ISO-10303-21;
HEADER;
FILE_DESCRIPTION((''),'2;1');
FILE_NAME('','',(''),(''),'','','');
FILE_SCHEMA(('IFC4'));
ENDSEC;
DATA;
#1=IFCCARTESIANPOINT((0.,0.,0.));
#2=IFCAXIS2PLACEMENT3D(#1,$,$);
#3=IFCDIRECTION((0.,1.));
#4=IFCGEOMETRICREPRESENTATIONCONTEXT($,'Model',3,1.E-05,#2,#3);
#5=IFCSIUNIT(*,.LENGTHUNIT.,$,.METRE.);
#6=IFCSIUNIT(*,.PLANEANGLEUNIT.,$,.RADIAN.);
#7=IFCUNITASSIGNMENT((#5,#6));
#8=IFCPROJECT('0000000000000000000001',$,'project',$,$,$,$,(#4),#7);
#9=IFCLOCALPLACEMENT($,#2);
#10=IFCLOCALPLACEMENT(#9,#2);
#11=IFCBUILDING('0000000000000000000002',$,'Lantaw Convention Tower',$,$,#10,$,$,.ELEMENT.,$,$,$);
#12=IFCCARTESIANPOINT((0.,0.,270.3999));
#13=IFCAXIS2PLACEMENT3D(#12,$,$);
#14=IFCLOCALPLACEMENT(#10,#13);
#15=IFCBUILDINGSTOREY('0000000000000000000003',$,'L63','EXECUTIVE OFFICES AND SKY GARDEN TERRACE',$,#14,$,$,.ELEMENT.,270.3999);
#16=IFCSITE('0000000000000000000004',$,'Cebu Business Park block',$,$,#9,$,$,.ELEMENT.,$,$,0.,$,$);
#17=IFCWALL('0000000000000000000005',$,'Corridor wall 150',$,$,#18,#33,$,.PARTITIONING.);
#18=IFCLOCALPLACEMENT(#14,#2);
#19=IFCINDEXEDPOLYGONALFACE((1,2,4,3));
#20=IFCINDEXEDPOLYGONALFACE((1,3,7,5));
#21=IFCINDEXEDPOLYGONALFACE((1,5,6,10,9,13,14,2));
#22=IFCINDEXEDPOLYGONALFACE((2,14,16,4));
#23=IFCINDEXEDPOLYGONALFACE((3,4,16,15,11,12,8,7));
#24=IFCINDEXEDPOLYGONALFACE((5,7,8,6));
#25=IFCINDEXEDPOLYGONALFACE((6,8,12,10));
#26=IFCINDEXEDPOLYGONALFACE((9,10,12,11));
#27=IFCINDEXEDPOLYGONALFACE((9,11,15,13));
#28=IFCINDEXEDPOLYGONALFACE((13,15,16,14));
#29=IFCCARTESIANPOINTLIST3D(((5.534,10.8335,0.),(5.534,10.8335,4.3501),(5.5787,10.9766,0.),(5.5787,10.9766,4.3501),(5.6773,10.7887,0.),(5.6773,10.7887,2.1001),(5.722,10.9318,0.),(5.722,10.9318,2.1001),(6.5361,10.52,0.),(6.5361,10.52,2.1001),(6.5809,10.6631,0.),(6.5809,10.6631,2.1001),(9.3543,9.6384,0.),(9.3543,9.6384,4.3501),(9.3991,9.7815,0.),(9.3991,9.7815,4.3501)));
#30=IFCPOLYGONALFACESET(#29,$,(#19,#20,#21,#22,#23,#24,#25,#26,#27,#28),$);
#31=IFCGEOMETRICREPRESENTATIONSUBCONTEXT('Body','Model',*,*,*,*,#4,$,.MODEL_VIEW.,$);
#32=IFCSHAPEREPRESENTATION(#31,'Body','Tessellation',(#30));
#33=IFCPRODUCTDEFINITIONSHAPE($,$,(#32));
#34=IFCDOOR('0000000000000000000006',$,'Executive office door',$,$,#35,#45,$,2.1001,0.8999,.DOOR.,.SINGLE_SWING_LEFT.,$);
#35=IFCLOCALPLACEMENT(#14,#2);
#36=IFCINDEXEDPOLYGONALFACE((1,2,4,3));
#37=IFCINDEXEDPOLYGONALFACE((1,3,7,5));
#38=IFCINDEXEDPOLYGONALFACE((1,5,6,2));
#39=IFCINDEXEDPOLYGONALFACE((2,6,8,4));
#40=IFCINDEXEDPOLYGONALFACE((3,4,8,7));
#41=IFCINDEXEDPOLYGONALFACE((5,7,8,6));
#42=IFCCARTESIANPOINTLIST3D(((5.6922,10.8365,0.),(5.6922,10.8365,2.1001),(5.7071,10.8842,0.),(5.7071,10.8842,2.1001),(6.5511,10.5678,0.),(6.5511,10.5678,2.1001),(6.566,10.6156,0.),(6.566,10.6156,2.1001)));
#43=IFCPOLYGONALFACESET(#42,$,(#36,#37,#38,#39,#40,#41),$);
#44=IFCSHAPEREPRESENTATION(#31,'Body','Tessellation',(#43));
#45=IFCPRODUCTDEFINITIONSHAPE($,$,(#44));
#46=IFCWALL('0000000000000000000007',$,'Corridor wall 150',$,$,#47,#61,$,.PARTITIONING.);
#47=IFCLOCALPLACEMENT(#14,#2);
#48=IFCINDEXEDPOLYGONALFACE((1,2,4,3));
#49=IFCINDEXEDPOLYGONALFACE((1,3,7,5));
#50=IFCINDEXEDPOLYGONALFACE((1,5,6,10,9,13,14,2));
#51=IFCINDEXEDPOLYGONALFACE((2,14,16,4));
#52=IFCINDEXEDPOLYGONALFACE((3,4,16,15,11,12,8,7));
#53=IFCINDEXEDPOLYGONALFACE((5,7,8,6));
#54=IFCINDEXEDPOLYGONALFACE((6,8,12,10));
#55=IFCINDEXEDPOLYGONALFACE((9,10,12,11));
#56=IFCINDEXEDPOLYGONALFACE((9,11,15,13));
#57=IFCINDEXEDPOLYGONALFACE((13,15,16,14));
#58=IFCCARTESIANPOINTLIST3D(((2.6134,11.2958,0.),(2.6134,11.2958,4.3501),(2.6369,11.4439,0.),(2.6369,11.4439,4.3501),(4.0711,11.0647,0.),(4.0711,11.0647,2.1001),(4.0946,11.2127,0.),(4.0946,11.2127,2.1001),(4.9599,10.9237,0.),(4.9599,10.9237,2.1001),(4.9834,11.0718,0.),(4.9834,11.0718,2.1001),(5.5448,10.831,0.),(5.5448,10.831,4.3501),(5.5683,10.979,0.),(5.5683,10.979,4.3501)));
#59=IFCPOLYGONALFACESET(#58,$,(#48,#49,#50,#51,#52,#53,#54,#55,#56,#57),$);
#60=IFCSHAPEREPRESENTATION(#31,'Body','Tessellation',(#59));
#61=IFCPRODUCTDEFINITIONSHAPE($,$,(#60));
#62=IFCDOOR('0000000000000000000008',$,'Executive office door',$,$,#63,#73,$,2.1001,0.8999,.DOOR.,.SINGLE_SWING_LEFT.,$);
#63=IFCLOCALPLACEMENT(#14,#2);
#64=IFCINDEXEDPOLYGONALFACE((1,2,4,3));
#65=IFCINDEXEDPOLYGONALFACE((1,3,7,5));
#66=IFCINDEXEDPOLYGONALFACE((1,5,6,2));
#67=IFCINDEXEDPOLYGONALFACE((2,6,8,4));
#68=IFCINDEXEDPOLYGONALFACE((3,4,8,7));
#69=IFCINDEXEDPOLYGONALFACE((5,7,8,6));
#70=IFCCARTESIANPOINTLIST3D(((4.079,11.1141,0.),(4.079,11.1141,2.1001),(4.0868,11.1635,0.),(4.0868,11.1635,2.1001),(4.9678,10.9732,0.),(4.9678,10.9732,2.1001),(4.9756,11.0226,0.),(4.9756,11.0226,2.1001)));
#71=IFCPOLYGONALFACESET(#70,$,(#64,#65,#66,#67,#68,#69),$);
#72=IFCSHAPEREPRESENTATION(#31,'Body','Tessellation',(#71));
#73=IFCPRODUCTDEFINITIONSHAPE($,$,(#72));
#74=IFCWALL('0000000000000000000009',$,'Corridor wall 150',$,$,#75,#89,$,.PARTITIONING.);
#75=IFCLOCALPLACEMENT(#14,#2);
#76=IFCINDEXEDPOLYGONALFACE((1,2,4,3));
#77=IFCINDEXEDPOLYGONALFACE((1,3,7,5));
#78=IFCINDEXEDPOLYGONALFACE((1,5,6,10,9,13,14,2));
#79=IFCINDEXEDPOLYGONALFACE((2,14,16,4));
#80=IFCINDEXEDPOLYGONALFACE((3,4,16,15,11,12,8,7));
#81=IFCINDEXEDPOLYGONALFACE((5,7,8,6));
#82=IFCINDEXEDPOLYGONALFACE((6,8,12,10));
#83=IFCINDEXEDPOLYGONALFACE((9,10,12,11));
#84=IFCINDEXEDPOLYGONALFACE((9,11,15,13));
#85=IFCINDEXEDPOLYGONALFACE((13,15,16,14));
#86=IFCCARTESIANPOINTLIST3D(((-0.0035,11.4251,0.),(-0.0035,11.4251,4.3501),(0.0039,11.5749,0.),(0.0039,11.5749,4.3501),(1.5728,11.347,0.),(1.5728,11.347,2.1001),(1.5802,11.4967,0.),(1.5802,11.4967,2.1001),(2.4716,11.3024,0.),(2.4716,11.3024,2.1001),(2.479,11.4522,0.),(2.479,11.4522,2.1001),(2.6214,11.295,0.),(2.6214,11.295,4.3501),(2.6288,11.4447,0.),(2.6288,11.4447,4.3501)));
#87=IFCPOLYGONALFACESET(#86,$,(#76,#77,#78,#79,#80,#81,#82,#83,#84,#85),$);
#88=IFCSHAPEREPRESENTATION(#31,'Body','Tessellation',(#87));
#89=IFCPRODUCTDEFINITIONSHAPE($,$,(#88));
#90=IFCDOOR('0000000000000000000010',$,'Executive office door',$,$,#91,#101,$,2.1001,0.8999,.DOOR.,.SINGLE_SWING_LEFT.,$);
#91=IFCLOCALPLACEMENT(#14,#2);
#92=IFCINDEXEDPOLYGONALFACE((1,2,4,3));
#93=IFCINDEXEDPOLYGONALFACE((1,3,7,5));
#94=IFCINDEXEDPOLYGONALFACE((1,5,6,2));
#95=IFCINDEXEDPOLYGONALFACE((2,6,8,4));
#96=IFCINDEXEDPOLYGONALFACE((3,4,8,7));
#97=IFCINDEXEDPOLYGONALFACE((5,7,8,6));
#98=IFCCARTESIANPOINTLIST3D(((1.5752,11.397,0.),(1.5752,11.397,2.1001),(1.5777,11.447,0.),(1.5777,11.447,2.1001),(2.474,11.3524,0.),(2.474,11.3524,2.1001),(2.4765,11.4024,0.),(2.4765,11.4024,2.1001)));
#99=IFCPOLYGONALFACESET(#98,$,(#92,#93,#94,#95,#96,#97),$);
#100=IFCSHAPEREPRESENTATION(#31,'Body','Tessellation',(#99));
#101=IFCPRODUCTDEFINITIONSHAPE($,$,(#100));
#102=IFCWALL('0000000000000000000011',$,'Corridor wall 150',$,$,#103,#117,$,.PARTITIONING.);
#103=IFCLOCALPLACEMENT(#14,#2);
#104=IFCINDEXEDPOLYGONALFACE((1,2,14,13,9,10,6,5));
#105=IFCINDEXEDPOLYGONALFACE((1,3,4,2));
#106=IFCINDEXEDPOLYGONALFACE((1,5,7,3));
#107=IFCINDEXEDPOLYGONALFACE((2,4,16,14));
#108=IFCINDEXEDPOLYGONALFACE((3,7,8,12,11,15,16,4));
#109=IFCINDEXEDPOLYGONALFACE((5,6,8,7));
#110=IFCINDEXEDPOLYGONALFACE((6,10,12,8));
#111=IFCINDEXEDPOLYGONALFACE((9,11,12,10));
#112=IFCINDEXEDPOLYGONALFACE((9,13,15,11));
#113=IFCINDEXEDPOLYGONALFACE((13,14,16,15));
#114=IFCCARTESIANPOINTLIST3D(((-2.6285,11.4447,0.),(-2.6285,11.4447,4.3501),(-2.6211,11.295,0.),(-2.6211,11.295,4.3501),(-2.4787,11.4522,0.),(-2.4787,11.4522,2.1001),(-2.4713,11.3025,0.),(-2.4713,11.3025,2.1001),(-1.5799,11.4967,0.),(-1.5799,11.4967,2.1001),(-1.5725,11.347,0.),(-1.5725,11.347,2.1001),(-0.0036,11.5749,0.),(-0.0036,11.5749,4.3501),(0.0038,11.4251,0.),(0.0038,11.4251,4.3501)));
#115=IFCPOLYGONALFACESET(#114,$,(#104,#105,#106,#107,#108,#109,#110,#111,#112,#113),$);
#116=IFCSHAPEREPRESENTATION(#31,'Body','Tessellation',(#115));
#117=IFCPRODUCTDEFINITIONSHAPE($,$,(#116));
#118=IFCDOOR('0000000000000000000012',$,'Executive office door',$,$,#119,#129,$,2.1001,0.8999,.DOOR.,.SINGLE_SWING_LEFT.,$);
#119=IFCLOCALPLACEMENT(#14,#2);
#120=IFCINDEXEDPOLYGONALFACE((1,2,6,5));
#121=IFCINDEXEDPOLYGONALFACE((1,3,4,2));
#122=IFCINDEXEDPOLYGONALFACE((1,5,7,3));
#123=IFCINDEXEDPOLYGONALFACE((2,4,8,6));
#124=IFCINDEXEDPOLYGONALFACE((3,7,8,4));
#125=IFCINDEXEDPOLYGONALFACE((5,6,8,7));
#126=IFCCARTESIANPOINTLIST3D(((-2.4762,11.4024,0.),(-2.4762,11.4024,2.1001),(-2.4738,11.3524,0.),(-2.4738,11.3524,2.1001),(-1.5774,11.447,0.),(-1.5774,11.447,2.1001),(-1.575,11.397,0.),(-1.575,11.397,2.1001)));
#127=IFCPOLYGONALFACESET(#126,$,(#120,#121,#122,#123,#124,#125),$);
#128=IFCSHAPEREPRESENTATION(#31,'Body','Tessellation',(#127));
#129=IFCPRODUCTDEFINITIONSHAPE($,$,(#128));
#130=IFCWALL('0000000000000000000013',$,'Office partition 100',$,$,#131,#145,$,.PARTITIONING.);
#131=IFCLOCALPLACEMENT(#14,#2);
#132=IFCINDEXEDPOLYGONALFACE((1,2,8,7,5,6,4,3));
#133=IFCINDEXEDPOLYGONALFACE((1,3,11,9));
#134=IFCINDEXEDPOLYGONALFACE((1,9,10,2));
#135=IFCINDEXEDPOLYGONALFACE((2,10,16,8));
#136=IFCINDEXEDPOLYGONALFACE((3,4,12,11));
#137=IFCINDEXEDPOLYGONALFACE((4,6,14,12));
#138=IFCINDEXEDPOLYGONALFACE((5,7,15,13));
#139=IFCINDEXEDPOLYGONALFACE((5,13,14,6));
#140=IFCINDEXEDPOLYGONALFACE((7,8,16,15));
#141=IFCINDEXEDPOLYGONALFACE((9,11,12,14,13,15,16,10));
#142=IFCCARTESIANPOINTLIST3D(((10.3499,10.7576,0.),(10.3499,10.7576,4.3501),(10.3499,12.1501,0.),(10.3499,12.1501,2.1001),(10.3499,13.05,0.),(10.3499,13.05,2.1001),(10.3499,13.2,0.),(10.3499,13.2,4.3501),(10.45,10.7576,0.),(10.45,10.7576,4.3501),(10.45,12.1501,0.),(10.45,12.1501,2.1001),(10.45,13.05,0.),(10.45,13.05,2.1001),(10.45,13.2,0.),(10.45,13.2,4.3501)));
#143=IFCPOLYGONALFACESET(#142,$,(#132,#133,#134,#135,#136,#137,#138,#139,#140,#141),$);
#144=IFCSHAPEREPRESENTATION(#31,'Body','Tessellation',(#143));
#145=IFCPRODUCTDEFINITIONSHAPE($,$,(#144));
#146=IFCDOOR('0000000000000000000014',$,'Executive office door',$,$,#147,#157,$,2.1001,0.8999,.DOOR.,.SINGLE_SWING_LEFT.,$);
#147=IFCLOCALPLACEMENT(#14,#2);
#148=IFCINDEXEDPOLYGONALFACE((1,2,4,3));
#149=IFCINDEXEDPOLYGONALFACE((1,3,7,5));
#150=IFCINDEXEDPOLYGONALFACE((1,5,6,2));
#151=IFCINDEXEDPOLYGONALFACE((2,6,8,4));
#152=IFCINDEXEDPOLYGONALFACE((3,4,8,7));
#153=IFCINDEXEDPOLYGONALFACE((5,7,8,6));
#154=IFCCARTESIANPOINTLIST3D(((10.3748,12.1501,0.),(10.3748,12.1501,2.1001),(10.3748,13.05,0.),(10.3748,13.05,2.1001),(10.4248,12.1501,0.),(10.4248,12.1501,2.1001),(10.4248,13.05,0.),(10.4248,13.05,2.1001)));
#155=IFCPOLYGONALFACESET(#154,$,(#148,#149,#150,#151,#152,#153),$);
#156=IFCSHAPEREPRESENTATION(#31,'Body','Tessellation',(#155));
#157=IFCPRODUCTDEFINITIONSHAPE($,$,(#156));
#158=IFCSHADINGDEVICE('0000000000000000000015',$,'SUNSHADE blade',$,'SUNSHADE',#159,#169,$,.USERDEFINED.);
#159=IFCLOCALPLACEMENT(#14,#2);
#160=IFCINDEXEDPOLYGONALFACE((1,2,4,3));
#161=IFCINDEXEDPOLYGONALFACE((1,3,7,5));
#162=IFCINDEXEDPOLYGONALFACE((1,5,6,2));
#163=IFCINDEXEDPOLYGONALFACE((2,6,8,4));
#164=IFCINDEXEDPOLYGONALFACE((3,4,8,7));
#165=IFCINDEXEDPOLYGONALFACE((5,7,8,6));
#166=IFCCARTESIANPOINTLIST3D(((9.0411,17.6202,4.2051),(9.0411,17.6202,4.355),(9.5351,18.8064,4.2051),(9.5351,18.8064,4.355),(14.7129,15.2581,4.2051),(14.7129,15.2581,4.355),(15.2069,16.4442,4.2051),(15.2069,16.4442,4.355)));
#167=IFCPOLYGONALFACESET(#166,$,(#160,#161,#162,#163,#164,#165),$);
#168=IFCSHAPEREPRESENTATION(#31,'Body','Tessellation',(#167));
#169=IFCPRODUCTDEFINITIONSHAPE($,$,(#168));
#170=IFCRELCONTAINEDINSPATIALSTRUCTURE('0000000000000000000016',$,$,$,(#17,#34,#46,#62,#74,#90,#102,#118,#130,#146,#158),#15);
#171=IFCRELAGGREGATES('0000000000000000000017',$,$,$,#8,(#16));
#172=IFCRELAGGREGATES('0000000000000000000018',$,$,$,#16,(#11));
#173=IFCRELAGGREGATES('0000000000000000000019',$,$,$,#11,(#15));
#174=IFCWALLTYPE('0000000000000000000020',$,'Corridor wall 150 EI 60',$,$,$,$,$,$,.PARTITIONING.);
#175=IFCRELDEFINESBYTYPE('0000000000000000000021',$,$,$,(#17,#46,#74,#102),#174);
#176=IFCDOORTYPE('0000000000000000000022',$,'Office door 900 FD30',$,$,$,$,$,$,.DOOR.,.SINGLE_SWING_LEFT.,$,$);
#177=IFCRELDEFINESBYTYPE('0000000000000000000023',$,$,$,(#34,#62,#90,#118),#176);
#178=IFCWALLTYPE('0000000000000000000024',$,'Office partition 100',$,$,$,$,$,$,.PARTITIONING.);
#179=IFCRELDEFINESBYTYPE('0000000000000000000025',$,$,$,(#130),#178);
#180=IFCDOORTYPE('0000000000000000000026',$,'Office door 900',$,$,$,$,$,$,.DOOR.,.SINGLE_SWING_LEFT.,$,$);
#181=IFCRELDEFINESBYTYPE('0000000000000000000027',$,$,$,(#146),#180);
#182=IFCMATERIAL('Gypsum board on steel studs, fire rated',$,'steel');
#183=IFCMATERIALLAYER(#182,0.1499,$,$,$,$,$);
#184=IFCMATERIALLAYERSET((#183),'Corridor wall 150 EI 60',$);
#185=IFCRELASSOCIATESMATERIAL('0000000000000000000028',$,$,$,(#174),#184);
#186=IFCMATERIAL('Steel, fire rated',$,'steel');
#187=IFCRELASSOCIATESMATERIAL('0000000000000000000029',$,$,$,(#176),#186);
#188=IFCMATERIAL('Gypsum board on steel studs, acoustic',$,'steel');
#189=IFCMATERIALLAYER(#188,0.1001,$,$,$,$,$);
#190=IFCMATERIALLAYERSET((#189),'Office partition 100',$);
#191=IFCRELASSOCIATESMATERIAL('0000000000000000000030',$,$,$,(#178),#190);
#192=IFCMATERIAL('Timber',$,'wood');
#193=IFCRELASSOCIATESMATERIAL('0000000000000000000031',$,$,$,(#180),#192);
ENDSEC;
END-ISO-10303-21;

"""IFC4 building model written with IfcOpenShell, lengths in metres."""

from ifc_helpers import new_model, si_unit, direction, frame, frame_2d, origin, origin_2d, place, context, subcontext, project, spatial, rectangle, extrude, material, layer, layer_set, type_object, element, fill, save


model = new_model("IFC4")

# Units and contexts
model_context = context("Model", 3, precision=1e-05, world=origin(), true_north=direction((0.0, 1.0)))
body_context = subcontext(model_context, "Body", "Model", "MODEL_VIEW")
ifc_project = project(units=[si_unit("LENGTHUNIT", "METRE"), si_unit("PLANEANGLEUNIT", "RADIAN")], contexts=[model_context])

# Site, building, storey
site_placement = place(None, origin())
site = spatial("IfcSite", under=ifc_project, at=site_placement, Name="Cebu Business Park block", CompositionType="ELEMENT", RefElevation=0.0)
building_placement = place(site_placement, origin())
building = spatial("IfcBuilding", under=site, at=building_placement, Name="Lantaw Convention Tower", CompositionType="ELEMENT")
storey_placement = place(building_placement, frame((0.0, 0.0, 270.3999)))
storey = spatial("IfcBuildingStorey", under=building, at=storey_placement, Name="L63", Description="EXECUTIVE OFFICES AND SKY GARDEN TERRACE", CompositionType="ELEMENT", Elevation=270.3999)

# Walls, openings, doors
ifc_material_1 = material(Name="Gypsum board on steel studs, fire rated", Category="steel")
ifc_layer_1 = layer(ifc_material_1, 0.1499)
ifc_layer_set_1 = layer_set([ifc_layer_1], Name="Corridor wall 150 EI 60")
wall_type_1 = type_object("IfcWallType", Name="Corridor wall 150 EI 60", PredefinedType="PARTITIONING", material=ifc_layer_set_1)
wall_1_placement = place(storey_placement, frame((9.3767, 9.71, 0.0), z_axis=(0.0, 0.0, 1.0), x_axis=(-0.954393, 0.298553, 0.0)))
wall_1 = element("IfcWall", 1, at=wall_1_placement, inside=storey, type_object=wall_type_1, Name="Corridor wall 150", PredefinedType="PARTITIONING", context=body_context, shape_type="SweptSolid", body=[
    extrude(rectangle(XDim=4.0029, YDim=0.1499, at=frame_2d((2.0015, 0.0))), origin(), (0.0, 0.0, 1.0), 4.3501),
])
opening_1_placement = place(wall_1_placement, frame((2.9529, 0.0, 0.0)))
opening_1 = element("IfcOpeningElement", 2, at=opening_1_placement, cuts=wall_1, PredefinedType="OPENING", context=body_context, shape_type="SweptSolid", body=[
    extrude(rectangle(XDim=0.8999, YDim=2.1001, at=frame_2d((0.45, 1.05))), frame((0.0, 0.085, 0.0), z_axis=(0.0, -1.0, 0.0), x_axis=(1.0, 0.0, 0.0)), (0.0, 0.0, 1.0), 0.1699),
])
ifc_material_2 = material(Name="Steel, fire rated", Category="steel")
door_type_1 = type_object("IfcDoorType", Name="Office door 900 FD30", OperationType="SINGLE_SWING_LEFT", PredefinedType="DOOR", material=ifc_material_2)
door_1_placement = place(opening_1_placement, origin())
door_1 = element("IfcDoor", 3, at=door_1_placement, inside=storey, type_object=door_type_1, Name="Executive office door", OperationType="SINGLE_SWING_LEFT", OverallHeight=2.1001, OverallWidth=0.8999, PredefinedType="DOOR", context=body_context, shape_type="SweptSolid", body=[
    extrude(rectangle(XDim=0.8999, YDim=2.1001, at=frame_2d((0.45, 1.05))), frame((0.0, 0.0249, 0.0), z_axis=(0.0, -1.0, 0.0), x_axis=(1.0, 0.0, 0.0)), (0.0, 0.0, 1.0), 0.05),
])
fill(opening_1, door_1)
wall_2_placement = place(storey_placement, frame((5.5564, 10.905, 0.0), z_axis=(0.0, 0.0, 1.0), x_axis=(-0.987659, 0.156617, 0.0)))
wall_2 = element("IfcWall", 4, at=wall_2_placement, inside=storey, type_object=wall_type_1, Name="Corridor wall 150", PredefinedType="PARTITIONING", context=body_context, shape_type="SweptSolid", body=[
    extrude(rectangle(XDim=2.968, YDim=0.1499, at=frame_2d((1.4839, 0.0))), origin(), (0.0, 0.0, 1.0), 4.3501),
])
opening_2_placement = place(wall_2_placement, frame((0.592, 0.0, 0.0)))
opening_2 = element("IfcOpeningElement", 5, at=opening_2_placement, cuts=wall_2, PredefinedType="OPENING", context=body_context, shape_type="SweptSolid", body=[
    extrude(rectangle(XDim=0.8999, YDim=2.1001, at=frame_2d((0.45, 1.05))), frame((0.0, 0.085, 0.0), z_axis=(0.0, -1.0, 0.0), x_axis=(1.0, 0.0, 0.0)), (0.0, 0.0, 1.0), 0.1699),
])
door_2_placement = place(opening_2_placement, origin())
door_2 = element("IfcDoor", 6, at=door_2_placement, inside=storey, type_object=door_type_1, Name="Executive office door", OperationType="SINGLE_SWING_LEFT", OverallHeight=2.1001, OverallWidth=0.8999, PredefinedType="DOOR", context=body_context, shape_type="SweptSolid", body=[
    extrude(rectangle(XDim=0.8999, YDim=2.1001, at=frame_2d((0.45, 1.05))), frame((0.0, 0.0249, 0.0), z_axis=(0.0, -1.0, 0.0), x_axis=(1.0, 0.0, 0.0)), (0.0, 0.0, 1.0), 0.05),
])
fill(opening_2, door_2)
wall_3_placement = place(storey_placement, frame((2.625, 11.3699, 0.0), z_axis=(0.0, 0.0, 1.0), x_axis=(-0.998774, 0.049511, 0.0)))
wall_3 = element("IfcWall", 7, at=wall_3_placement, inside=storey, type_object=wall_type_1, Name="Corridor wall 150", PredefinedType="PARTITIONING", context=body_context, shape_type="SweptSolid", body=[
    extrude(rectangle(XDim=2.6282, YDim=0.1499, at=frame_2d((1.314, 0.0))), origin(), (0.0, 0.0, 1.0), 4.3501),
])
opening_3_placement = place(wall_3_placement, frame((0.1499, 0.0, 0.0)))
opening_3 = element("IfcOpeningElement", 8, at=opening_3_placement, cuts=wall_3, PredefinedType="OPENING", context=body_context, shape_type="SweptSolid", body=[
    extrude(rectangle(XDim=0.8999, YDim=2.1001, at=frame_2d((0.45, 1.05))), frame((0.0, 0.085, 0.0), z_axis=(0.0, -1.0, 0.0), x_axis=(1.0, 0.0, 0.0)), (0.0, 0.0, 1.0), 0.1699),
])
door_3_placement = place(opening_3_placement, origin())
door_3 = element("IfcDoor", 9, at=door_3_placement, inside=storey, type_object=door_type_1, Name="Executive office door", OperationType="SINGLE_SWING_LEFT", OverallHeight=2.1001, OverallWidth=0.8999, PredefinedType="DOOR", context=body_context, shape_type="SweptSolid", body=[
    extrude(rectangle(XDim=0.8999, YDim=2.1001, at=frame_2d((0.45, 1.05))), frame((0.0, 0.0249, 0.0), z_axis=(0.0, -1.0, 0.0), x_axis=(1.0, 0.0, 0.0)), (0.0, 0.0, 1.0), 0.05),
])
fill(opening_3, door_3)
wall_4_placement = place(storey_placement, frame((0.0, 11.5, 0.0), z_axis=(0.0, 0.0, 1.0), x_axis=(-0.998774, -0.049511, 0.0)))
wall_4 = element("IfcWall", 10, at=wall_4_placement, inside=storey, type_object=wall_type_1, Name="Corridor wall 150", PredefinedType="PARTITIONING", context=body_context, shape_type="SweptSolid", body=[
    extrude(rectangle(XDim=2.6282, YDim=0.1499, at=frame_2d((1.314, 0.0))), origin(), (0.0, 0.0, 1.0), 4.3501),
])
opening_4_placement = place(wall_4_placement, frame((1.5781, 0.0, 0.0)))
opening_4 = element("IfcOpeningElement", 11, at=opening_4_placement, cuts=wall_4, PredefinedType="OPENING", context=body_context, shape_type="SweptSolid", body=[
    extrude(rectangle(XDim=0.8999, YDim=2.1001, at=frame_2d((0.45, 1.05))), frame((0.0, 0.085, 0.0), z_axis=(0.0, -1.0, 0.0), x_axis=(1.0, 0.0, 0.0)), (0.0, 0.0, 1.0), 0.1699),
])
door_4_placement = place(opening_4_placement, origin())
door_4 = element("IfcDoor", 12, at=door_4_placement, inside=storey, type_object=door_type_1, Name="Executive office door", OperationType="SINGLE_SWING_LEFT", OverallHeight=2.1001, OverallWidth=0.8999, PredefinedType="DOOR", context=body_context, shape_type="SweptSolid", body=[
    extrude(rectangle(XDim=0.8999, YDim=2.1001, at=frame_2d((0.45, 1.05))), frame((0.0, 0.0249, 0.0), z_axis=(0.0, -1.0, 0.0), x_axis=(1.0, 0.0, 0.0)), (0.0, 0.0, 1.0), 0.05),
])
fill(opening_4, door_4)
ifc_material_3 = material(Name="Gypsum board on steel studs, acoustic", Category="steel")
ifc_layer_2 = layer(ifc_material_3, 0.1001)
ifc_layer_set_2 = layer_set([ifc_layer_2], Name="Office partition 100")
wall_type_2 = type_object("IfcWallType", Name="Office partition 100", PredefinedType="PARTITIONING", material=ifc_layer_set_2)
wall_5_placement = place(storey_placement, frame((10.3999, 13.2, 0.0), z_axis=(0.0, 0.0, 1.0), x_axis=(0.0, -1.0, 0.0)))
wall_5 = element("IfcWall", 13, at=wall_5_placement, inside=storey, type_object=wall_type_2, Name="Office partition 100", PredefinedType="PARTITIONING", context=body_context, shape_type="SweptSolid", body=[
    extrude(rectangle(XDim=2.4424, YDim=0.1001, at=frame_2d((1.2212, 0.0))), origin(), (0.0, 0.0, 1.0), 4.3501),
])
opening_5_placement = place(wall_5_placement, frame((0.1499, 0.0, 0.0)))
opening_5 = element("IfcOpeningElement", 14, at=opening_5_placement, cuts=wall_5, PredefinedType="OPENING", context=body_context, shape_type="SweptSolid", body=[
    extrude(rectangle(XDim=0.8999, YDim=2.1001, at=frame_2d((0.45, 1.05))), frame((0.0, 0.0601, 0.0), z_axis=(0.0, -1.0, 0.0), x_axis=(1.0, 0.0, 0.0)), (0.0, 0.0, 1.0), 0.1201),
])
ifc_material_4 = material(Name="Timber", Category="wood")
door_type_2 = type_object("IfcDoorType", Name="Office door 900", OperationType="SINGLE_SWING_LEFT", PredefinedType="DOOR", material=ifc_material_4)
door_5_placement = place(opening_5_placement, origin())
door_5 = element("IfcDoor", 15, at=door_5_placement, inside=storey, type_object=door_type_2, Name="Executive office door", OperationType="SINGLE_SWING_LEFT", OverallHeight=2.1001, OverallWidth=0.8999, PredefinedType="DOOR", context=body_context, shape_type="SweptSolid", body=[
    extrude(rectangle(XDim=0.8999, YDim=2.1001, at=frame_2d((0.45, 1.05))), frame((0.0, 0.0249, 0.0), z_axis=(0.0, -1.0, 0.0), x_axis=(1.0, 0.0, 0.0)), (0.0, 0.0, 1.0), 0.05),
])
fill(opening_5, door_5)

# Shading device
shading_device_placement = place(storey_placement, frame((12.124, 17.0322, 4.2051), z_axis=(0.0, 0.0, 1.0), x_axis=(-0.923142, 0.38446, 0.0)))
element("IfcShadingDevice", 16, at=shading_device_placement, inside=storey, Name="SUNSHADE blade", ObjectType="SUNSHADE", PredefinedType="USERDEFINED", context=body_context, shape_type="SweptSolid", body=[
    extrude(rectangle(XDim=6.144, YDim=1.2849, at=origin_2d()), origin(), (0.0, 0.0, 1.0), 0.1499),
])

save(model, "model.ifc")
